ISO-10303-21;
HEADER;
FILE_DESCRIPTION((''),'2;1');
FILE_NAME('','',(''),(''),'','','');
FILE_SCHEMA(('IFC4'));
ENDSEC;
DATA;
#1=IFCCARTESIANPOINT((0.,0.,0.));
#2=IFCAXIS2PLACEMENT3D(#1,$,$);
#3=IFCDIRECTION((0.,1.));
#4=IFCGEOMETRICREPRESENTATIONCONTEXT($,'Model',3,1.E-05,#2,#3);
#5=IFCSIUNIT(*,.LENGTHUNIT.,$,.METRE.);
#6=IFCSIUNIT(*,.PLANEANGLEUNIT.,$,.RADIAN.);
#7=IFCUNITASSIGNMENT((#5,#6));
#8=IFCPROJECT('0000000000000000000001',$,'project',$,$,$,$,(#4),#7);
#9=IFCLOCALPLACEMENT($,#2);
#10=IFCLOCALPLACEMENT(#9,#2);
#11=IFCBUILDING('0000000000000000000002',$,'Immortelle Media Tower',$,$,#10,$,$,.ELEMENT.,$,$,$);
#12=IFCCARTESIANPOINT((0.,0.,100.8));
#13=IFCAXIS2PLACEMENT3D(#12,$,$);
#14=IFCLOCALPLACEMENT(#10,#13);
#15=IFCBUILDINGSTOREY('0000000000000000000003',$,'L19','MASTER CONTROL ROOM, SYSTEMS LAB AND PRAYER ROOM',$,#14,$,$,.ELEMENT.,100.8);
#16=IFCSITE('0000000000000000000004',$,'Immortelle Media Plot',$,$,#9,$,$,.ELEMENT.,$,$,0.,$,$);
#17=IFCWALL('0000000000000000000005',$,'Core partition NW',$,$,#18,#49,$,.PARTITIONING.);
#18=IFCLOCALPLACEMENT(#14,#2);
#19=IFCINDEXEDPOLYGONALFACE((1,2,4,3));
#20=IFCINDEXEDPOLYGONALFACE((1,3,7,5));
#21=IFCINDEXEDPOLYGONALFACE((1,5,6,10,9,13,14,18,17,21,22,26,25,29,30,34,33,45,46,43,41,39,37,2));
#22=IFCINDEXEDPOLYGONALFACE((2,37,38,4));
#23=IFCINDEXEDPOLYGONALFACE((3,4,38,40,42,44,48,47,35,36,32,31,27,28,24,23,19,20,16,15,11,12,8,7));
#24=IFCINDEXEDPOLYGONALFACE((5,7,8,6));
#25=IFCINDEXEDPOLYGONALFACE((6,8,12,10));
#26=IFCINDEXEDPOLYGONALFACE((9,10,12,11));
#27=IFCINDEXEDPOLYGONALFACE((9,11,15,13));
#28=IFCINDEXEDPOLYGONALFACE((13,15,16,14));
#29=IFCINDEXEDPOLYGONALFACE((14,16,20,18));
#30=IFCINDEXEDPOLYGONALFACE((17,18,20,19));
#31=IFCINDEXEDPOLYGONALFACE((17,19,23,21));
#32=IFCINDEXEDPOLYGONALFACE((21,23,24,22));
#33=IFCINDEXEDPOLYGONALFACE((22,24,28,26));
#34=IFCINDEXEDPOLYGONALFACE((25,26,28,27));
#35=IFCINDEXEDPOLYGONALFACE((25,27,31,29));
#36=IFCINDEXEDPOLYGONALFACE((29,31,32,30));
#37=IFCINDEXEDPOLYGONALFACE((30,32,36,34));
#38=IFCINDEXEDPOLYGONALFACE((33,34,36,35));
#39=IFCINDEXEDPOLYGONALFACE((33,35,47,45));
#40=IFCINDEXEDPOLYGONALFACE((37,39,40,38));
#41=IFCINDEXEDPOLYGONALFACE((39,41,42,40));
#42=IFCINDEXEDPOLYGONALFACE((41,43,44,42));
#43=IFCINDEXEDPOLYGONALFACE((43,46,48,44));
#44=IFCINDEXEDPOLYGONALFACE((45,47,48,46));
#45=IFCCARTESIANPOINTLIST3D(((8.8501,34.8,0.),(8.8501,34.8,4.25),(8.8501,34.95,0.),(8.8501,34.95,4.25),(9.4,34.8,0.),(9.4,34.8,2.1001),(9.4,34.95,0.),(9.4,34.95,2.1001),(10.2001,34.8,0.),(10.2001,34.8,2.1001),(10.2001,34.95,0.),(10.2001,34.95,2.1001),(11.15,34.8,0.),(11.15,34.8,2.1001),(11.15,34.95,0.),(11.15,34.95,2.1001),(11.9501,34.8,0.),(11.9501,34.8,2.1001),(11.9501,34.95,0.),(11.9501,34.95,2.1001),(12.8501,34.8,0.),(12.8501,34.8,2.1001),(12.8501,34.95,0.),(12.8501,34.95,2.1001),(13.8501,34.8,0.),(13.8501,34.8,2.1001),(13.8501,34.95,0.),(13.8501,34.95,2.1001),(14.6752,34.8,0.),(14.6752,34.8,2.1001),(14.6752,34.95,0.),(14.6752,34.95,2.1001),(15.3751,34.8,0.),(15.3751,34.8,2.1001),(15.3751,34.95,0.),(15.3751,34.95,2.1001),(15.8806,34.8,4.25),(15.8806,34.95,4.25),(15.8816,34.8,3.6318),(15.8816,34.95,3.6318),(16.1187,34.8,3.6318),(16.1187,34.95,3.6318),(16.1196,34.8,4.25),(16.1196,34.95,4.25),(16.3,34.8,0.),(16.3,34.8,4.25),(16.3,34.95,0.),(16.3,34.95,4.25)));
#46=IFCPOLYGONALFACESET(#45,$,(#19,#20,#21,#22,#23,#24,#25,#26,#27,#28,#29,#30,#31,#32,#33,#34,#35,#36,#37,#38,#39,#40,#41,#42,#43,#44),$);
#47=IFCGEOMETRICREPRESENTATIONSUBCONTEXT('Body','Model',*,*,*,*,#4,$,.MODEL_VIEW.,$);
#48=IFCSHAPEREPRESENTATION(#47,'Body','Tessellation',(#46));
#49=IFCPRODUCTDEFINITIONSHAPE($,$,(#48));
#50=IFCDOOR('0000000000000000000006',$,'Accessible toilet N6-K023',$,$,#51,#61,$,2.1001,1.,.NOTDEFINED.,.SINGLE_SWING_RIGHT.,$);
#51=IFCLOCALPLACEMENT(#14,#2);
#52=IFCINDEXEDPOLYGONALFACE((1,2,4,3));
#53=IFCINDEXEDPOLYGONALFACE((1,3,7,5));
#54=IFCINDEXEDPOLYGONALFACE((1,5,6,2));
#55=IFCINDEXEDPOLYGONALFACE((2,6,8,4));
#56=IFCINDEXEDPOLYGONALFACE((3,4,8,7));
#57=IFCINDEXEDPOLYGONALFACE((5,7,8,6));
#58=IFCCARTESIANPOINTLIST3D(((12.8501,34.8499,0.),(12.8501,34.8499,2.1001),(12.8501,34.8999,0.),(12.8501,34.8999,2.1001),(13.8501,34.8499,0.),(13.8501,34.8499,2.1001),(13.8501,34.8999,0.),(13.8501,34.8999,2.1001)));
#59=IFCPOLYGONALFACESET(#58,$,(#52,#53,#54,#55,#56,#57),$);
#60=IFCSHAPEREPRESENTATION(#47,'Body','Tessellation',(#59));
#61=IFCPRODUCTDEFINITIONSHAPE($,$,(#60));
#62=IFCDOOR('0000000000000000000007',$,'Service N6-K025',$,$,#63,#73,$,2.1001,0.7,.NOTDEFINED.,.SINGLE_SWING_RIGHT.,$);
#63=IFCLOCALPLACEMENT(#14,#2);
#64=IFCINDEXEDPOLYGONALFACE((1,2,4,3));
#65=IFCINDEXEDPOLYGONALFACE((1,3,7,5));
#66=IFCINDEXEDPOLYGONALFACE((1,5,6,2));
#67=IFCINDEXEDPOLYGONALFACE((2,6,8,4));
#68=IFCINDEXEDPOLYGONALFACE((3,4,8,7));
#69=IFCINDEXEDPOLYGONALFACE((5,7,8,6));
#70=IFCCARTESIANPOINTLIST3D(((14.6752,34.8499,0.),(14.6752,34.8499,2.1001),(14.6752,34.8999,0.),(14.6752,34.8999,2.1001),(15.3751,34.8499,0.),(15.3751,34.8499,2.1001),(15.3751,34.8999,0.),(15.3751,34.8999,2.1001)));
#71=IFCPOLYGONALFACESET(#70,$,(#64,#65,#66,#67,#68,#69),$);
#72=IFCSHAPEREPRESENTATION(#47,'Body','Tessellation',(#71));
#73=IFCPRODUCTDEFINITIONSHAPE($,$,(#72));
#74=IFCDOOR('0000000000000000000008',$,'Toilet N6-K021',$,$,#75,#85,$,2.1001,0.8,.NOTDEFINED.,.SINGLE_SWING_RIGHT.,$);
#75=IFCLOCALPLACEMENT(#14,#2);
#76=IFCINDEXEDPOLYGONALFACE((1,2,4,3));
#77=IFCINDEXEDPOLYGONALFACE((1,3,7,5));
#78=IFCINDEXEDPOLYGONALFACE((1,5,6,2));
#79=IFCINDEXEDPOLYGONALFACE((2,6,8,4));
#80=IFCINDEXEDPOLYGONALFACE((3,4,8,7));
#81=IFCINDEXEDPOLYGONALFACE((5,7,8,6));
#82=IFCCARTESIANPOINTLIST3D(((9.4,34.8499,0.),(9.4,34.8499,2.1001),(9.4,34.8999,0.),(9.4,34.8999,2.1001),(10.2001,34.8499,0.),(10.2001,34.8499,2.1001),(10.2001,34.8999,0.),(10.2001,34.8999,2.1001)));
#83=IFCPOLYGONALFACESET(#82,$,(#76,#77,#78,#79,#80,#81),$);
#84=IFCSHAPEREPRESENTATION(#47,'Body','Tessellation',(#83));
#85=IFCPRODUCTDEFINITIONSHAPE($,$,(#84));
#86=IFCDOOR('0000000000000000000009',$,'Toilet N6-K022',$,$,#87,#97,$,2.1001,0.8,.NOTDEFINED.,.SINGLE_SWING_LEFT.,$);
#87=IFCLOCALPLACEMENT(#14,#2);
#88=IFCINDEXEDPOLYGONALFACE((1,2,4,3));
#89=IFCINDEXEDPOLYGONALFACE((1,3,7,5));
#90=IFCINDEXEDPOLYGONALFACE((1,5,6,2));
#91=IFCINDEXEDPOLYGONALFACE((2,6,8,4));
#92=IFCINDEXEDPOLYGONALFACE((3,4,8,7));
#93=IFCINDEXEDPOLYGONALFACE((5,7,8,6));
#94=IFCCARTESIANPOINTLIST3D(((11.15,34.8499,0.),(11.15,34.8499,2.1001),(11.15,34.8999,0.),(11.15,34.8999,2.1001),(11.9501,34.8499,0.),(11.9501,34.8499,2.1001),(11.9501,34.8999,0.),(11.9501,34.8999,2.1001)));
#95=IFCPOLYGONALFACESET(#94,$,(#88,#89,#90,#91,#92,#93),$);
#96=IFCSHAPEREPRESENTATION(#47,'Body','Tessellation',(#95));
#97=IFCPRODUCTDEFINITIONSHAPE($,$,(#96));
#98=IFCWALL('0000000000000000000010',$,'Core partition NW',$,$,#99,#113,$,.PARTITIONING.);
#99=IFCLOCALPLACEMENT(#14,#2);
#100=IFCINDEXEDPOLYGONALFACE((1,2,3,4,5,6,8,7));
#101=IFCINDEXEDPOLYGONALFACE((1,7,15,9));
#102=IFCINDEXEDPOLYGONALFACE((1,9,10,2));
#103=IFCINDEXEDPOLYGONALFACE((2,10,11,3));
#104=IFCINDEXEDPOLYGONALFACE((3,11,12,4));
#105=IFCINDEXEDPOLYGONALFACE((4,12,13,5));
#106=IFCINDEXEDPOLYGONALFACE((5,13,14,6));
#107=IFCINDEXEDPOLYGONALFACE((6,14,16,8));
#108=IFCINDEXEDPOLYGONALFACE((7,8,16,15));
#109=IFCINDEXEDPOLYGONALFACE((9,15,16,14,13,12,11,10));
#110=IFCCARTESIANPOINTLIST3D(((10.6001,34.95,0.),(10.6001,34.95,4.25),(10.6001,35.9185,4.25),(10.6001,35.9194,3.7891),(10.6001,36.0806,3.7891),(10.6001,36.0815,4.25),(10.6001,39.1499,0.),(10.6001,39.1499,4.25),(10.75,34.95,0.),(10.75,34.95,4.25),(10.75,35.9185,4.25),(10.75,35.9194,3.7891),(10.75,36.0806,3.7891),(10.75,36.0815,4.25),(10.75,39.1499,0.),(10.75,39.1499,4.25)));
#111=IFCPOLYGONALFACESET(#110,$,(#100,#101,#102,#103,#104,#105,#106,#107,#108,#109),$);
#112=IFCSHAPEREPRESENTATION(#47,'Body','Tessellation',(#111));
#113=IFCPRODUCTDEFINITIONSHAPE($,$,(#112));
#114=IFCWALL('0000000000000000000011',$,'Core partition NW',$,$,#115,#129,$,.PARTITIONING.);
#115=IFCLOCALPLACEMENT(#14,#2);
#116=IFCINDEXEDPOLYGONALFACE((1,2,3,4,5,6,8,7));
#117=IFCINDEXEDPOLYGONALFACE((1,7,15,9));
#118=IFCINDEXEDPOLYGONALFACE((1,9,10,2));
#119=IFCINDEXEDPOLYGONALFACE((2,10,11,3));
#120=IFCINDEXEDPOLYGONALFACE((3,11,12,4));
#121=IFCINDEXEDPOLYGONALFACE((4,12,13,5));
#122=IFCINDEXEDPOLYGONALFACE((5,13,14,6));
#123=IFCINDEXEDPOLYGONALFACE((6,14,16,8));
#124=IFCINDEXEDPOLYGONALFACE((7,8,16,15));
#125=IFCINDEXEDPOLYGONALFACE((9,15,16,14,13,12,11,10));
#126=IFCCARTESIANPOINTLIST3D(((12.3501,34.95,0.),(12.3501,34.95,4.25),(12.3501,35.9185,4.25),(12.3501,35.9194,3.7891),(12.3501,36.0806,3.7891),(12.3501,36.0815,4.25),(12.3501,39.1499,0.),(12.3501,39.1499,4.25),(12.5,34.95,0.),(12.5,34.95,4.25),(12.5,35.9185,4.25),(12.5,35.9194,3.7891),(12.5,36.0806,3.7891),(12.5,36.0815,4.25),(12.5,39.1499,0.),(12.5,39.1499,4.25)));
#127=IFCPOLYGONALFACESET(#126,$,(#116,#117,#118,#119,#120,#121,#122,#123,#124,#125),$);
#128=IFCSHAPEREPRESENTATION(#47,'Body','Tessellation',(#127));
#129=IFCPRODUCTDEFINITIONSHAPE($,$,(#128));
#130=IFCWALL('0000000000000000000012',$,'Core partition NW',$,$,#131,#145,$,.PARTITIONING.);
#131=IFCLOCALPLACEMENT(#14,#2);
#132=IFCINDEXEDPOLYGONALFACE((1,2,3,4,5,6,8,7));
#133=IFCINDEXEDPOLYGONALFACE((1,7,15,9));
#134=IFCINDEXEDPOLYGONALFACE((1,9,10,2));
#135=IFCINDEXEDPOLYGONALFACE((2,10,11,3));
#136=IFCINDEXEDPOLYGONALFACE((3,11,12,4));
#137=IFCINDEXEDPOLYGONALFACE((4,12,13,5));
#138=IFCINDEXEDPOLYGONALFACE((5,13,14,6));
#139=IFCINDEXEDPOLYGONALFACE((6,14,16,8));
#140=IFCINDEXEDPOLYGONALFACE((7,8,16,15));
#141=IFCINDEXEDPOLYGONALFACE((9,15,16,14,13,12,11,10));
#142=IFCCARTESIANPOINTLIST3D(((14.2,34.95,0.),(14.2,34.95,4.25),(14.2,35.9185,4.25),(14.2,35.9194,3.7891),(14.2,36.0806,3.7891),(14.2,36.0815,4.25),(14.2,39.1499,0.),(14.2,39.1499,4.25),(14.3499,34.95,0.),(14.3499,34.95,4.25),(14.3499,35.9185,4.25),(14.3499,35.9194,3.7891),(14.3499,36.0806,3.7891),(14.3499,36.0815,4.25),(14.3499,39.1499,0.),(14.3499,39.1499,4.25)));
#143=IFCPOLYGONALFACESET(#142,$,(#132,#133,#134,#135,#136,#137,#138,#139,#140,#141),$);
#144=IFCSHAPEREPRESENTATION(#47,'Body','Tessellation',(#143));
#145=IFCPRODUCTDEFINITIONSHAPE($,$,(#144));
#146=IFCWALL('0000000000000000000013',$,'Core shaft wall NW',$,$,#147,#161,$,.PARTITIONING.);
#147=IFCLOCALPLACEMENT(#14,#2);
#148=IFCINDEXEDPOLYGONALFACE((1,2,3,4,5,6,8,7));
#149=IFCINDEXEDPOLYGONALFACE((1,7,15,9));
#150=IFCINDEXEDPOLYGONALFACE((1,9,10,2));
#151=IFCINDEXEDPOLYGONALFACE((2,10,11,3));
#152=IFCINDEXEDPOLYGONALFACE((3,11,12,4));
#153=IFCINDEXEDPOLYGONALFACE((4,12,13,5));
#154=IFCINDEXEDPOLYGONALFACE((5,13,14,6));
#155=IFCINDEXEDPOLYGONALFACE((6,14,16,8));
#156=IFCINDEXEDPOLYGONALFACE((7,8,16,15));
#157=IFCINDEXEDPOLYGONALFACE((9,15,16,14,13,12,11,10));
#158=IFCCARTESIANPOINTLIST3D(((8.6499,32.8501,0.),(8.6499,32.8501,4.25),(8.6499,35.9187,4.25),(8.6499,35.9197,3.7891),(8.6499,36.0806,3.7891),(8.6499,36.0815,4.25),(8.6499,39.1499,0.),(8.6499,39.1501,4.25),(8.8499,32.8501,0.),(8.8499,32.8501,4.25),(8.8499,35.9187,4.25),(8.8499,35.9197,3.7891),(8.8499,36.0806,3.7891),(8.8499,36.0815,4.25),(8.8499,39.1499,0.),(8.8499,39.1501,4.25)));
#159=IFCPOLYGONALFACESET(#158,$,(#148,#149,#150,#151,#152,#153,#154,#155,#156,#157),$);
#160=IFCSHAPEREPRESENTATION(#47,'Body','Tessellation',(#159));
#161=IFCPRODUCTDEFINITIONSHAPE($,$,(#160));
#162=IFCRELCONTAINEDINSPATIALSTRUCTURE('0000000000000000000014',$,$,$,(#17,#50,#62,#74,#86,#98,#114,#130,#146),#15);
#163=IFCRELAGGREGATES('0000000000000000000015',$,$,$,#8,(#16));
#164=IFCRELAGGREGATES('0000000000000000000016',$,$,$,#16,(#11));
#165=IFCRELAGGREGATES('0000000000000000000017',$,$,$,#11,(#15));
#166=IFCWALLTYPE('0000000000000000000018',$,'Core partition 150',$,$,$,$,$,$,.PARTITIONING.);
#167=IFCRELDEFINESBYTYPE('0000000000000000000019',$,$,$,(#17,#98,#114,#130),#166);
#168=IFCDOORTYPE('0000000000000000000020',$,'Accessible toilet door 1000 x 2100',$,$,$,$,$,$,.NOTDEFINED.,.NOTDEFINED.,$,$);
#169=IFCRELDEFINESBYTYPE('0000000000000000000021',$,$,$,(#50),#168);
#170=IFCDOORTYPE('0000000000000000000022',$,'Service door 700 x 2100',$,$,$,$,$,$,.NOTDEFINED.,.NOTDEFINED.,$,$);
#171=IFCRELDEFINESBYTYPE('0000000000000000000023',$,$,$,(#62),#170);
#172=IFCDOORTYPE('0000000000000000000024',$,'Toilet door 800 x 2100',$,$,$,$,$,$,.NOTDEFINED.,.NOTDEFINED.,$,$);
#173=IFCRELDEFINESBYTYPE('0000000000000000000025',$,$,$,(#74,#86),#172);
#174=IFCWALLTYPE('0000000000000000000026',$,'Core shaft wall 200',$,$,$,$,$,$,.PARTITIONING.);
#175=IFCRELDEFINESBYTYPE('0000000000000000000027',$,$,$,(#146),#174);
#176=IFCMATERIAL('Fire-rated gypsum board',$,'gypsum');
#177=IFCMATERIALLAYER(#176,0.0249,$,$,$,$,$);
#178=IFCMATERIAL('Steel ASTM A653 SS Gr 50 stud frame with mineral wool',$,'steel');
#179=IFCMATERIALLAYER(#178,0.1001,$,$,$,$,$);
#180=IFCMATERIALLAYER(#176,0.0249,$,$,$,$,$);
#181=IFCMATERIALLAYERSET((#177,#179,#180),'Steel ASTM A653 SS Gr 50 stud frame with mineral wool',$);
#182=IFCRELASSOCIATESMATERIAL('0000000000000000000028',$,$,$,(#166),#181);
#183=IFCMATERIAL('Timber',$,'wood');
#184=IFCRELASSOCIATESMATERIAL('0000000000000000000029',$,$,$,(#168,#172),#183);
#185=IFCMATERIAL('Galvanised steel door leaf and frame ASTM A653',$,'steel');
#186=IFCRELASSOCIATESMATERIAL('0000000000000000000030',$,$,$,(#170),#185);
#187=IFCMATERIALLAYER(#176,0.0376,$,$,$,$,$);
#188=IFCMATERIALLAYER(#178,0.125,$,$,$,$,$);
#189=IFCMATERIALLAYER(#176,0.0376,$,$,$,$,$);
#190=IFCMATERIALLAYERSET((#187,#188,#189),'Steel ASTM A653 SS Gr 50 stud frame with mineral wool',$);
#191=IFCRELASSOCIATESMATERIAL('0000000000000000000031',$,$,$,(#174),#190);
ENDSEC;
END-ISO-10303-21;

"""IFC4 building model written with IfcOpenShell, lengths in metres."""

from ifc_helpers import new_model, si_unit, direction, frame, frame_2d, origin, place, context, subcontext, project, spatial, polyline, rectangle, outline, extrude, material, layer, layer_set, type_object, element, fill, save


model = new_model("IFC4")

# Units and contexts
model_context = context("Model", 3, precision=1e-05, world=origin(), true_north=direction((0.0, 1.0)))
body_context = subcontext(model_context, "Body", "Model", "MODEL_VIEW")
ifc_project = project(units=[si_unit("LENGTHUNIT", "METRE"), si_unit("PLANEANGLEUNIT", "RADIAN")], contexts=[model_context])

# Site, building, storey
site_placement = place(None, origin())
site = spatial("IfcSite", under=ifc_project, at=site_placement, Name="Immortelle Media Plot", CompositionType="ELEMENT", RefElevation=0.0)
building_placement = place(site_placement, origin())
building = spatial("IfcBuilding", under=site, at=building_placement, Name="Immortelle Media Tower", CompositionType="ELEMENT")
storey_placement = place(building_placement, frame((0.0, 0.0, 100.8)))
storey = spatial("IfcBuildingStorey", under=building, at=storey_placement, Name="L19", Description="MASTER CONTROL ROOM, SYSTEMS LAB AND PRAYER ROOM", CompositionType="ELEMENT", Elevation=100.8)

# Wall, openings, doors
ifc_material_1 = material(Name="Fire-rated gypsum board", Category="gypsum")
ifc_layer_1 = layer(ifc_material_1, 0.0249)
ifc_material_2 = material(Name="Steel ASTM A653 SS Gr 50 stud frame with mineral wool", Category="steel")
ifc_layer_2 = layer(ifc_material_2, 0.1001)
ifc_layer_3 = layer(ifc_material_1, 0.0249)
ifc_layer_set_1 = layer_set([ifc_layer_1, ifc_layer_2, ifc_layer_3], Name="Steel ASTM A653 SS Gr 50 stud frame with mineral wool")
wall_type_1 = type_object("IfcWallType", Name="Core partition 150", PredefinedType="PARTITIONING", material=ifc_layer_set_1)
wall_1_placement = place(storey_placement, frame((8.8501, 34.875, 0.0), z_axis=(0.0, 0.0, 1.0), x_axis=(1.0, 0.0, 0.0)))
wall_1 = element("IfcWall", 1, at=wall_1_placement, inside=storey, type_object=wall_type_1, Name="Core partition NW", PredefinedType="PARTITIONING", context=body_context, shape_type="SweptSolid", body=[
    extrude(outline(polyline([(0.0, 0.0), (7.45, 0.0), (7.45, 4.25), (7.2695, 4.25), (7.2686, 3.6318), (7.0315, 3.6318), (7.0305, 4.25), (0.0, 4.25), (0.0, 0.0)])), frame((0.0, 0.075, 0.0), z_axis=(0.0, -1.0, 0.0), x_axis=(1.0, 0.0, 0.0)), (0.0, 0.0, 1.0), 0.1499),
])
opening_1_placement = place(wall_1_placement, frame((0.55, 0.0, 0.0)))
opening_1 = element("IfcOpeningElement", 2, at=opening_1_placement, cuts=wall_1, PredefinedType="OPENING", context=body_context, shape_type="SweptSolid", body=[
    extrude(rectangle(XDim=0.8, YDim=2.1001, at=frame_2d((0.3999, 1.05))), frame((0.0, 0.085, 0.0), z_axis=(0.0, -1.0, 0.0), x_axis=(1.0, 0.0, 0.0)), (0.0, 0.0, 1.0), 0.1699),
])
opening_2_placement = place(wall_1_placement, frame((2.3, 0.0, 0.0)))
opening_2 = element("IfcOpeningElement", 3, at=opening_2_placement, cuts=wall_1, PredefinedType="OPENING", context=body_context, shape_type="SweptSolid", body=[
    extrude(rectangle(XDim=0.8, YDim=2.1001, at=frame_2d((0.3999, 1.05))), frame((0.0, 0.085, 0.0), z_axis=(0.0, -1.0, 0.0), x_axis=(1.0, 0.0, 0.0)), (0.0, 0.0, 1.0), 0.1699),
])
opening_3_placement = place(wall_1_placement, frame((4.0, 0.0, 0.0)))
opening_3 = element("IfcOpeningElement", 4, at=opening_3_placement, cuts=wall_1, PredefinedType="OPENING", context=body_context, shape_type="SweptSolid", body=[
    extrude(rectangle(XDim=1.0, YDim=2.1001, at=frame_2d((0.5, 1.05))), frame((0.0, 0.085, 0.0), z_axis=(0.0, -1.0, 0.0), x_axis=(1.0, 0.0, 0.0)), (0.0, 0.0, 1.0), 0.1699),
])
opening_4_placement = place(wall_1_placement, frame((5.825, 0.0, 0.0)))
opening_4 = element("IfcOpeningElement", 5, at=opening_4_placement, cuts=wall_1, PredefinedType="OPENING", context=body_context, shape_type="SweptSolid", body=[
    extrude(rectangle(XDim=0.7, YDim=2.1001, at=frame_2d((0.3501, 1.05))), frame((0.0, 0.085, 0.0), z_axis=(0.0, -1.0, 0.0), x_axis=(1.0, 0.0, 0.0)), (0.0, 0.0, 1.0), 0.1699),
])
ifc_material_3 = material(Name="Timber", Category="wood")
door_type_1 = type_object("IfcDoorType", Name="Accessible toilet door 1000 x 2100", OperationType="NOTDEFINED", PredefinedType="NOTDEFINED", material=ifc_material_3)
door_1_placement = place(opening_3_placement, origin())
door_1 = element("IfcDoor", 6, at=door_1_placement, inside=storey, type_object=door_type_1, Name="Accessible toilet N6-K023", OperationType="SINGLE_SWING_RIGHT", OverallHeight=2.1001, OverallWidth=1.0, PredefinedType="NOTDEFINED", context=body_context, shape_type="SweptSolid", body=[
    extrude(rectangle(XDim=1.0, YDim=2.1001, at=frame_2d((0.5, 1.05))), frame((0.0, 0.0249, 0.0), z_axis=(0.0, -1.0, 0.0), x_axis=(1.0, 0.0, 0.0)), (0.0, 0.0, 1.0), 0.05),
])
fill(opening_3, door_1)
ifc_material_4 = material(Name="Galvanised steel door leaf and frame ASTM A653", Category="steel")
door_type_2 = type_object("IfcDoorType", Name="Service door 700 x 2100", OperationType="NOTDEFINED", PredefinedType="NOTDEFINED", material=ifc_material_4)
door_2_placement = place(opening_4_placement, origin())
door_2 = element("IfcDoor", 7, at=door_2_placement, inside=storey, type_object=door_type_2, Name="Service N6-K025", OperationType="SINGLE_SWING_RIGHT", OverallHeight=2.1001, OverallWidth=0.7, PredefinedType="NOTDEFINED", context=body_context, shape_type="SweptSolid", body=[
    extrude(rectangle(XDim=0.7, YDim=2.1001, at=frame_2d((0.3501, 1.05))), frame((0.0, 0.0249, 0.0), z_axis=(0.0, -1.0, 0.0), x_axis=(1.0, 0.0, 0.0)), (0.0, 0.0, 1.0), 0.05),
])
fill(opening_4, door_2)
door_type_3 = type_object("IfcDoorType", Name="Toilet door 800 x 2100", OperationType="NOTDEFINED", PredefinedType="NOTDEFINED", material=ifc_material_3)
door_3_placement = place(opening_1_placement, origin())
door_3 = element("IfcDoor", 8, at=door_3_placement, inside=storey, type_object=door_type_3, Name="Toilet N6-K021", OperationType="SINGLE_SWING_RIGHT", OverallHeight=2.1001, OverallWidth=0.8, PredefinedType="NOTDEFINED", context=body_context, shape_type="SweptSolid", body=[
    extrude(rectangle(XDim=0.8, YDim=2.1001, at=frame_2d((0.3999, 1.05))), frame((0.0, 0.0249, 0.0), z_axis=(0.0, -1.0, 0.0), x_axis=(1.0, 0.0, 0.0)), (0.0, 0.0, 1.0), 0.05),
])
fill(opening_1, door_3)
door_4_placement = place(opening_2_placement, origin())
door_4 = element("IfcDoor", 9, at=door_4_placement, inside=storey, type_object=door_type_3, Name="Toilet N6-K022", OperationType="SINGLE_SWING_LEFT", OverallHeight=2.1001, OverallWidth=0.8, PredefinedType="NOTDEFINED", context=body_context, shape_type="SweptSolid", body=[
    extrude(rectangle(XDim=0.8, YDim=2.1001, at=frame_2d((0.3999, 1.05))), frame((0.0, 0.0249, 0.0), z_axis=(0.0, -1.0, 0.0), x_axis=(1.0, 0.0, 0.0)), (0.0, 0.0, 1.0), 0.05),
])
fill(opening_2, door_4)

# Walls
for number, where, z_axis, x_axis, name in (
    (10, (10.675, 34.95, 0.0), (0.0, 0.0, 1.0), (0.0, 1.0, 0.0), "Core partition NW"),
    (11, (12.425, 34.95, 0.0), (0.0, 0.0, 1.0), (0.0, 1.0, 0.0), "Core partition NW"),
    (12, (14.2749, 34.95, 0.0), (0.0, 0.0, 1.0), (0.0, 1.0, 0.0), "Core partition NW"),
):
    element("IfcWall", number, at=place(storey_placement, frame(where, z_axis=z_axis, x_axis=x_axis)), inside=storey, type_object=wall_type_1, Name=name, PredefinedType="PARTITIONING", context=body_context, shape_type="SweptSolid", body=[
        extrude(outline(polyline([(0.0, 0.0), (4.2, 0.0), (4.2, 4.25), (1.1316, 4.25), (1.1306, 3.7891), (0.9695, 3.7891), (0.9685, 4.25), (0.0, 4.25), (0.0, 0.0)])), frame((0.0, 0.075, 0.0), z_axis=(0.0, -1.0, 0.0), x_axis=(1.0, 0.0, 0.0)), (0.0, 0.0, 1.0), 0.1499),
    ])
ifc_layer_4 = layer(ifc_material_1, 0.0376)
ifc_layer_5 = layer(ifc_material_2, 0.125)
ifc_layer_6 = layer(ifc_material_1, 0.0376)
ifc_layer_set_2 = layer_set([ifc_layer_4, ifc_layer_5, ifc_layer_6], Name="Steel ASTM A653 SS Gr 50 stud frame with mineral wool")
wall_type_2 = type_object("IfcWallType", Name="Core shaft wall 200", PredefinedType="PARTITIONING", material=ifc_layer_set_2)
wall_2_placement = place(storey_placement, frame((8.75, 32.8501, 0.0), z_axis=(0.0, 0.0, 1.0), x_axis=(0.0, 1.0, 0.0)))
element("IfcWall", 13, at=wall_2_placement, inside=storey, type_object=wall_type_2, Name="Core shaft wall NW", PredefinedType="PARTITIONING", context=body_context, shape_type="SweptSolid", body=[
    extrude(outline(polyline([(0.0, 0.0), (6.2998, 0.0), (6.3, 4.25), (3.2314, 4.25), (3.2305, 3.7891), (3.0696, 3.7891), (3.0686, 4.25), (0.0, 4.25), (0.0, 0.0)])), frame((0.0, 0.1001, 0.0), z_axis=(0.0, -1.0, 0.0), x_axis=(1.0, 0.0, 0.0)), (0.0, 0.0, 1.0), 0.2),
])

save(model, "model.ifc")
